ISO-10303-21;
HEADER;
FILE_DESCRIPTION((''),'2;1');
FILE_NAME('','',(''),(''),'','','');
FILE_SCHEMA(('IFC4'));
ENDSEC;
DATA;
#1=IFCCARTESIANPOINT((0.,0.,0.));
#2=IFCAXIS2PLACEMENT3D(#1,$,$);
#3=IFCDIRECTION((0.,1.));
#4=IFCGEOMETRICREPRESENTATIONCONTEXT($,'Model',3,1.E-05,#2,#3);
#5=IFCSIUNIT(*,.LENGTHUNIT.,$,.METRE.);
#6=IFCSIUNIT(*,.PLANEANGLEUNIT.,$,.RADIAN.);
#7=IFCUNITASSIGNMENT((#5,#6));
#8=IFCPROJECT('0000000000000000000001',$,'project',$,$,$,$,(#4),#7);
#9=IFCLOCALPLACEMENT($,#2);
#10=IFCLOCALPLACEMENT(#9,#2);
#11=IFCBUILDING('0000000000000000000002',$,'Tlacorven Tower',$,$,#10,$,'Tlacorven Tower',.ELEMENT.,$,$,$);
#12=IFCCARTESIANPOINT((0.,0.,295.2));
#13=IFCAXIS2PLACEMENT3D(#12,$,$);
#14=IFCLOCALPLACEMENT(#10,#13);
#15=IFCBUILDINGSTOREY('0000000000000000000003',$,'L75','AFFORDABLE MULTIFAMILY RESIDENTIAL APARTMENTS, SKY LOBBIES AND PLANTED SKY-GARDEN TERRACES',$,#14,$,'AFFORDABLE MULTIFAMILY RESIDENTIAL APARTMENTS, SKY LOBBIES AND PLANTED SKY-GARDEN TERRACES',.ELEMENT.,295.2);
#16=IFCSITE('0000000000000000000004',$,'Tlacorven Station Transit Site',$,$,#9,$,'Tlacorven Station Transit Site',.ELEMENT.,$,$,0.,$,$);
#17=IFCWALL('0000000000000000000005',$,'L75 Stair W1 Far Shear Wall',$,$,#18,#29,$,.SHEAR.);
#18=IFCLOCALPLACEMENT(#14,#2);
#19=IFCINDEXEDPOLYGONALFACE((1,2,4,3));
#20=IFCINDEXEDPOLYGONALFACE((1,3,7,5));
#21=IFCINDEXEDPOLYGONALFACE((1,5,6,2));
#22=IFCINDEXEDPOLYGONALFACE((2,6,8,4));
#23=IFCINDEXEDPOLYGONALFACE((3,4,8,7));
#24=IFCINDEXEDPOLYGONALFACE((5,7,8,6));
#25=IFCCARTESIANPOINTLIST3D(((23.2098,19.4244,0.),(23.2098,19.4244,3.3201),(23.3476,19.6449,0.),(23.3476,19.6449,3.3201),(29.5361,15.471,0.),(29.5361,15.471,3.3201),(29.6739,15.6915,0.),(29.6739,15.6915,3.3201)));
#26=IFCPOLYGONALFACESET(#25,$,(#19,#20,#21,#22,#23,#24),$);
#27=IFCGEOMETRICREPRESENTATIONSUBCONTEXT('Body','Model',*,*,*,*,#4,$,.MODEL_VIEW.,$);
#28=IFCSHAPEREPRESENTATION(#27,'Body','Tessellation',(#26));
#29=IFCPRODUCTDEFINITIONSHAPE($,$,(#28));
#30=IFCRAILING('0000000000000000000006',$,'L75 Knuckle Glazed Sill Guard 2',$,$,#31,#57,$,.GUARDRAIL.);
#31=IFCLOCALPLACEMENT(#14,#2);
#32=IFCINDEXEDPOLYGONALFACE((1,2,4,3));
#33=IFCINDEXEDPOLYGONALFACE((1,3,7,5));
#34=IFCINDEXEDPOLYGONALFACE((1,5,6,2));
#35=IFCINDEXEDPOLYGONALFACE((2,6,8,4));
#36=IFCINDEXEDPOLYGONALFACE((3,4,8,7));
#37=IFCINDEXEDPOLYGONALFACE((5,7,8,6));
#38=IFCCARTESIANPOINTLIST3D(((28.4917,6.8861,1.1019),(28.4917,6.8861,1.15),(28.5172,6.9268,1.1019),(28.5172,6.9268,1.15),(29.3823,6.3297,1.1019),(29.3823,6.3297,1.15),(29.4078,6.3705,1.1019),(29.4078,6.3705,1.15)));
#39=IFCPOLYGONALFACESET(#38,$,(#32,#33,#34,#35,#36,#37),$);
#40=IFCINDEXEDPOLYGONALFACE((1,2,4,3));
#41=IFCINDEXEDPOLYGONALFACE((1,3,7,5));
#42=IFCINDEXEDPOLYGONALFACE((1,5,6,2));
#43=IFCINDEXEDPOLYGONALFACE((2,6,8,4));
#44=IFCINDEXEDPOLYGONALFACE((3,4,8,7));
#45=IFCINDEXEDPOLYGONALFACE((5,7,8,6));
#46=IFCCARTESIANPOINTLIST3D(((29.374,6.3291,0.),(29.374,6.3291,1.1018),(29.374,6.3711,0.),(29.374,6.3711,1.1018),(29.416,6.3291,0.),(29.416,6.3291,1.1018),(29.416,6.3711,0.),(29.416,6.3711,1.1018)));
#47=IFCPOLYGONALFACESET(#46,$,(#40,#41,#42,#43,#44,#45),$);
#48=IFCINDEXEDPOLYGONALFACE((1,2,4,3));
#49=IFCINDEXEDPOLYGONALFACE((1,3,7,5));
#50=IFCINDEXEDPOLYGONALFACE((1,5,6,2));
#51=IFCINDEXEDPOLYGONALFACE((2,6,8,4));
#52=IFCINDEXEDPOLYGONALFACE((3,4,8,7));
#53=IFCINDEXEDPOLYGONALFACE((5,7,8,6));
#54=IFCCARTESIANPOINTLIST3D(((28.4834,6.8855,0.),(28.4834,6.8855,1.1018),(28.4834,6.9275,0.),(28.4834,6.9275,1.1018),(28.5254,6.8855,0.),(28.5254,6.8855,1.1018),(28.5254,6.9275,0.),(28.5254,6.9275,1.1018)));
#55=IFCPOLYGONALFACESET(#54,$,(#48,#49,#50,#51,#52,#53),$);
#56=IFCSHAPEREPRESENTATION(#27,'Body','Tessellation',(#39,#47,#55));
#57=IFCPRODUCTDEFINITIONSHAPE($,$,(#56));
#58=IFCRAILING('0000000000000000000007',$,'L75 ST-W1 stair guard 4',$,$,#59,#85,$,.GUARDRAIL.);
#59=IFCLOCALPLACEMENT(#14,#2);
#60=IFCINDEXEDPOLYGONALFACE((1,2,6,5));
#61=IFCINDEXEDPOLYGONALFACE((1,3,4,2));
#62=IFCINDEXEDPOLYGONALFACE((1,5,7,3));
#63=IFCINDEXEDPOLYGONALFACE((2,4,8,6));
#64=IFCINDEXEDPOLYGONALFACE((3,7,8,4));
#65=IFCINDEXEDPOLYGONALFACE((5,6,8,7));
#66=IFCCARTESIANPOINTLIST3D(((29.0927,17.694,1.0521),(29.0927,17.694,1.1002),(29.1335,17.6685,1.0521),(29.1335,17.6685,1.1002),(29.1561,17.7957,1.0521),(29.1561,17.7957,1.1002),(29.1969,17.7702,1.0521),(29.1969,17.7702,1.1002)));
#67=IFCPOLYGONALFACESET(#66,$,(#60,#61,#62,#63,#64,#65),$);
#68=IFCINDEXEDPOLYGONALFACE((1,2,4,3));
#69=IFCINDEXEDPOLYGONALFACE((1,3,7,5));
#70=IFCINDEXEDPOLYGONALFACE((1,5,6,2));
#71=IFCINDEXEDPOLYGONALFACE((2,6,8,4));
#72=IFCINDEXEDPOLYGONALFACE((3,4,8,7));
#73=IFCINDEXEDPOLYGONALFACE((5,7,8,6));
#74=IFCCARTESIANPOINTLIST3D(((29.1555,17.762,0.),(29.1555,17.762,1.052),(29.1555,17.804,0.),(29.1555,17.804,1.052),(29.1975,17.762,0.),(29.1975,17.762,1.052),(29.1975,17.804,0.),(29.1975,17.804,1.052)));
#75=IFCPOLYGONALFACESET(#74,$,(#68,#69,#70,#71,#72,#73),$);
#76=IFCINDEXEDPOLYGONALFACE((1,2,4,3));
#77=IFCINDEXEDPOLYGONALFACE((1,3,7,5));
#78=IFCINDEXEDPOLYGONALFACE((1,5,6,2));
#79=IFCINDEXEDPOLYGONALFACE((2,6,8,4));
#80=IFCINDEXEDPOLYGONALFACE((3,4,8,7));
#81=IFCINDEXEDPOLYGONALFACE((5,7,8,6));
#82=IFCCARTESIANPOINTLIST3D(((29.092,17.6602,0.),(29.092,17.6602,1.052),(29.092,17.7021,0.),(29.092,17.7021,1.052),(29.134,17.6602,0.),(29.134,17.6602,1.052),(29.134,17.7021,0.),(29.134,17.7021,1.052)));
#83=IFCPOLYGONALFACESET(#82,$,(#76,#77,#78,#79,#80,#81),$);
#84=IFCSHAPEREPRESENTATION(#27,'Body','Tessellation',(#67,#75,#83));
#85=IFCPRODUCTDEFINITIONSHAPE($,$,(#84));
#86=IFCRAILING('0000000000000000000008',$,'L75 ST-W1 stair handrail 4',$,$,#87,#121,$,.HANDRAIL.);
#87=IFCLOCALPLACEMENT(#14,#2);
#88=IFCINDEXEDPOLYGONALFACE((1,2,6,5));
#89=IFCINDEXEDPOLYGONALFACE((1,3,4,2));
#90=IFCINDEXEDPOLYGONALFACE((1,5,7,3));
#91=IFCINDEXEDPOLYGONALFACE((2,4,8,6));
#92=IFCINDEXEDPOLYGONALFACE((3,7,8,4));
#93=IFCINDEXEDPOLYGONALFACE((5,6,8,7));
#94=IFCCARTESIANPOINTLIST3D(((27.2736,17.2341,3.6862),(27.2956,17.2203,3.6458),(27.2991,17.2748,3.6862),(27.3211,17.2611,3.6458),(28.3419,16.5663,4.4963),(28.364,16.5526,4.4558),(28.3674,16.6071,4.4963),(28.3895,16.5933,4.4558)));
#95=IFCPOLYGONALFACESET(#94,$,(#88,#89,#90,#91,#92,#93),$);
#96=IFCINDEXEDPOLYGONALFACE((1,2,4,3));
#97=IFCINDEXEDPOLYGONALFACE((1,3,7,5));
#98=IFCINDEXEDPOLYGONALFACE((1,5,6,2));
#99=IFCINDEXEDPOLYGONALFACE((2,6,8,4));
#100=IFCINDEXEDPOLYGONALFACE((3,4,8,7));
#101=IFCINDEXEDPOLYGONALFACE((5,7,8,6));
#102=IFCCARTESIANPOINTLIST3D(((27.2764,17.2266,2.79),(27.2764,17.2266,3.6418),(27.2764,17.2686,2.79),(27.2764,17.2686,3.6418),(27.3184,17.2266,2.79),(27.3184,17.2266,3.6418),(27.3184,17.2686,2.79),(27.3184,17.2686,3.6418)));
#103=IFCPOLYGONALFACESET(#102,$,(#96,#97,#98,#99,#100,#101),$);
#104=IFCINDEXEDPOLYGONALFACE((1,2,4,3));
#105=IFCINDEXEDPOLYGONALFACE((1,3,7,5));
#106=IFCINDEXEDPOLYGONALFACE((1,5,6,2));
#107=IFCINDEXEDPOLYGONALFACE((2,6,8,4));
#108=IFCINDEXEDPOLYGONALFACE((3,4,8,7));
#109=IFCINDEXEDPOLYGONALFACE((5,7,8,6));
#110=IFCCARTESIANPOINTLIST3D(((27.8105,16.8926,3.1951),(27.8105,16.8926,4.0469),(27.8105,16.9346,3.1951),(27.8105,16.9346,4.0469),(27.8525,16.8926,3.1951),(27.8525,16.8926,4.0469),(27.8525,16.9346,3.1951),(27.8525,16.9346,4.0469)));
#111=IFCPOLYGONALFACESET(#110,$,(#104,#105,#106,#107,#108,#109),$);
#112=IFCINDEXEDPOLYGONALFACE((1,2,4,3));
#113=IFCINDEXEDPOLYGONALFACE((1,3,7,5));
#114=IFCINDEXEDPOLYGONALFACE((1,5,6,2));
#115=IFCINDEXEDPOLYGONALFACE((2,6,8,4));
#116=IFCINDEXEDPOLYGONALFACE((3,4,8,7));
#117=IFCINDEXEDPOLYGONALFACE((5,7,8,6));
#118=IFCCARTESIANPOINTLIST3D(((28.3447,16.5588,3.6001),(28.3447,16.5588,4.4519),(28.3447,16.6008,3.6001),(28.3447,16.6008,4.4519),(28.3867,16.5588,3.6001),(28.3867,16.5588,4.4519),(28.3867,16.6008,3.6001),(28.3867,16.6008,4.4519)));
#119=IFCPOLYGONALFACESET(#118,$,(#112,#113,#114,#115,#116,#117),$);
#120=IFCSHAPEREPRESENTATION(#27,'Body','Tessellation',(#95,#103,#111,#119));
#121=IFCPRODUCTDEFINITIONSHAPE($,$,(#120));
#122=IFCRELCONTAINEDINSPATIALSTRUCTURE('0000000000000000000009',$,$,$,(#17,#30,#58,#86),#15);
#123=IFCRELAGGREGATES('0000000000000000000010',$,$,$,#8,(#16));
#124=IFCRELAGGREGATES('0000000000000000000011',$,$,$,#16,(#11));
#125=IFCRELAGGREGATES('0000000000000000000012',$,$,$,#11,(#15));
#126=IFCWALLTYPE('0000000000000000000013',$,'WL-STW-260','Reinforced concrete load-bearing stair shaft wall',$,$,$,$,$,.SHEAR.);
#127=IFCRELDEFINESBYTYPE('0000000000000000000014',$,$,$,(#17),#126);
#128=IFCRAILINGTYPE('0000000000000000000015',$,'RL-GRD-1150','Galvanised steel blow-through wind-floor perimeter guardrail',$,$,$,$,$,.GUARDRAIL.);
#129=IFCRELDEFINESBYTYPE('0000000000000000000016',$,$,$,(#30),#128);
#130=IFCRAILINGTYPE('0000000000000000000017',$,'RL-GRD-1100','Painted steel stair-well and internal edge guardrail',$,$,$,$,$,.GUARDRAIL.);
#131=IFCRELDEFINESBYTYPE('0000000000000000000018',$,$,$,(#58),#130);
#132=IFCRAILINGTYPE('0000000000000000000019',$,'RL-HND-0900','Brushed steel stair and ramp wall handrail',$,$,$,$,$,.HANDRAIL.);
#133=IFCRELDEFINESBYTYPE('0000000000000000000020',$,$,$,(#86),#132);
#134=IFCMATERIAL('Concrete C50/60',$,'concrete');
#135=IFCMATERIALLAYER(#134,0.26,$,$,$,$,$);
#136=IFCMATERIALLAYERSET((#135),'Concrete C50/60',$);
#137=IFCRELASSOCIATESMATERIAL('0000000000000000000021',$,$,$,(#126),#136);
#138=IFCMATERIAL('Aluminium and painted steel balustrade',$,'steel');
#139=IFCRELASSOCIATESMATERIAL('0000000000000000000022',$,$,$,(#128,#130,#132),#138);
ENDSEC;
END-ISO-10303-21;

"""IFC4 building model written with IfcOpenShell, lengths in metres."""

from ifc_helpers import new_model, si_unit, direction, frame, frame_2d, origin, origin_2d, place, context, subcontext, project, spatial, rectangle, extrude, source, transform, mapped, material, layer, layer_set, type_object, element, save


model = new_model("IFC4")

# Units and contexts
model_context = context("Model", 3, precision=1e-05, world=origin(), true_north=direction((0.0, 1.0)))
body_context = subcontext(model_context, "Body", "Model", "MODEL_VIEW")
ifc_project = project(units=[si_unit("LENGTHUNIT", "METRE"), si_unit("PLANEANGLEUNIT", "RADIAN")], contexts=[model_context])

# Site, building, storey
site_placement = place(None, origin())
site = spatial("IfcSite", under=ifc_project, at=site_placement, Name="Tlacorven Station Transit Site", LongName="Tlacorven Station Transit Site", CompositionType="ELEMENT", RefElevation=0.0)
building_placement = place(site_placement, origin())
building = spatial("IfcBuilding", under=site, at=building_placement, Name="Tlacorven Tower", LongName="Tlacorven Tower", CompositionType="ELEMENT")
storey_placement = place(building_placement, frame((0.0, 0.0, 295.2)))
storey = spatial("IfcBuildingStorey", under=building, at=storey_placement, Name="L75", Description="AFFORDABLE MULTIFAMILY RESIDENTIAL APARTMENTS, SKY LOBBIES AND PLANTED SKY-GARDEN TERRACES", LongName="AFFORDABLE MULTIFAMILY RESIDENTIAL APARTMENTS, SKY LOBBIES AND PLANTED SKY-GARDEN TERRACES", CompositionType="ELEMENT", Elevation=295.2)

# Wall
ifc_material_1 = material(Name="Concrete C50/60", Category="concrete")
ifc_layer_1 = layer(ifc_material_1, 0.26)
ifc_layer_set_1 = layer_set([ifc_layer_1], Name="Concrete C50/60")
wall_type_1 = type_object("IfcWallType", Name="WL-STW-260", Description="Reinforced concrete load-bearing stair shaft wall", PredefinedType="SHEAR", material=ifc_layer_set_1)
wall_1_placement = place(storey_placement, frame((29.605, 15.5813, 0.0), z_axis=(0.0, 0.0, 1.0), x_axis=(-0.848037, 0.529937, 0.0)))
element("IfcWall", 1, at=wall_1_placement, inside=storey, type_object=wall_type_1, Name="L75 Stair W1 Far Shear Wall", PredefinedType="SHEAR", context=body_context, shape_type="SweptSolid", body=[
    extrude(rectangle(XDim=7.46, YDim=0.26, at=frame_2d((3.73, 0.0))), origin(), (0.0, 0.0, 1.0), 3.3201),
])

# Railings
ifc_material_2 = material(Name="Aluminium and painted steel balustrade", Category="steel")
railing_type_1 = type_object("IfcRailingType", Name="RL-GRD-1150", Description="Galvanised steel blow-through wind-floor perimeter guardrail", PredefinedType="GUARDRAIL", material=ifc_material_2)
shared_shape_1 = source(origin(), body_context, "Body", "SweptSolid", [
    extrude(rectangle(XDim=0.0481, YDim=0.0481, at=origin_2d()), frame((0.0, 0.0, 1.126), z_axis=(-0.848103, 0.529832, 0.0), x_axis=(-0.529832, -0.848103, 0.0)), (0.0, 0.0, 1.0), 1.05),
    extrude(rectangle(XDim=0.042, YDim=0.042, at=origin_2d()), origin(), (0.0, 0.0, 1.0), 1.1018),
    extrude(rectangle(XDim=0.042, YDim=0.042, at=origin_2d()), frame((-0.8906, 0.5564, 0.0)), (0.0, 0.0, 1.0), 1.1018),
])
railing_1_placement = place(storey_placement, frame((29.395, 6.3501, 0.0)))
element("IfcRailing", 2, at=railing_1_placement, inside=storey, type_object=railing_type_1, Name="L75 Knuckle Glazed Sill Guard 2", PredefinedType="GUARDRAIL", context=body_context, shape_type="MappedRepresentation", body=[
    mapped(shared_shape_1, transform((0.0, 0.0, 0.0), scale=1.0)),
])
railing_type_2 = type_object("IfcRailingType", Name="RL-GRD-1100", Description="Painted steel stair-well and internal edge guardrail", PredefinedType="GUARDRAIL", material=ifc_material_2)
shared_shape_2 = source(origin(), body_context, "Body", "SweptSolid", [
    extrude(rectangle(XDim=0.0481, YDim=0.0481, at=origin_2d()), frame((0.0, 0.0, 1.0762), z_axis=(-0.529084, -0.848569, 0.0), x_axis=(0.848569, -0.529084, 0.0)), (0.0, 0.0, 1.0), 0.1199),
    extrude(rectangle(XDim=0.042, YDim=0.042, at=origin_2d()), origin(), (0.0, 0.0, 1.0), 1.052),
    extrude(rectangle(XDim=0.042, YDim=0.042, at=origin_2d()), frame((-0.0635, -0.1018, 0.0)), (0.0, 0.0, 1.0), 1.052),
])
railing_2_placement = place(storey_placement, frame((29.1765, 17.783, 0.0)))
element("IfcRailing", 3, at=railing_2_placement, inside=storey, type_object=railing_type_2, Name="L75 ST-W1 stair guard 4", PredefinedType="GUARDRAIL", context=body_context, shape_type="MappedRepresentation", body=[
    mapped(shared_shape_2, transform((0.0, 0.0, 0.0), scale=1.0)),
])
railing_type_3 = type_object("IfcRailingType", Name="RL-HND-0900", Description="Brushed steel stair and ramp wall handrail", PredefinedType="HANDRAIL", material=ifc_material_2)
shared_shape_3 = source(origin(), body_context, "Body", "SweptSolid", [
    extrude(rectangle(XDim=0.0481, YDim=0.0481, at=origin_2d()), frame((0.0, 0.0, 0.876), z_axis=(0.71328, -0.4458, 0.540828), x_axis=(0.529999, 0.847998, 0.0)), (0.0, 0.0, 1.0), 1.4978),
    extrude(rectangle(XDim=0.042, YDim=0.042, at=origin_2d()), origin(), (0.0, 0.0, 1.0), 0.8518),
    extrude(rectangle(XDim=0.042, YDim=0.042, at=origin_2d()), frame((0.5342, -0.334, 0.405)), (0.0, 0.0, 1.0), 0.8518),
    extrude(rectangle(XDim=0.042, YDim=0.042, at=origin_2d()), frame((1.0684, -0.6677, 0.8101)), (0.0, 0.0, 1.0), 0.8518),
])
railing_3_placement = place(storey_placement, frame((27.2974, 17.2476, 2.79)))
element("IfcRailing", 4, at=railing_3_placement, inside=storey, type_object=railing_type_3, Name="L75 ST-W1 stair handrail 4", PredefinedType="HANDRAIL", context=body_context, shape_type="MappedRepresentation", body=[
    mapped(shared_shape_3, transform((0.0, 0.0, 0.0), scale=1.0)),
])

save(model, "model.ifc")
